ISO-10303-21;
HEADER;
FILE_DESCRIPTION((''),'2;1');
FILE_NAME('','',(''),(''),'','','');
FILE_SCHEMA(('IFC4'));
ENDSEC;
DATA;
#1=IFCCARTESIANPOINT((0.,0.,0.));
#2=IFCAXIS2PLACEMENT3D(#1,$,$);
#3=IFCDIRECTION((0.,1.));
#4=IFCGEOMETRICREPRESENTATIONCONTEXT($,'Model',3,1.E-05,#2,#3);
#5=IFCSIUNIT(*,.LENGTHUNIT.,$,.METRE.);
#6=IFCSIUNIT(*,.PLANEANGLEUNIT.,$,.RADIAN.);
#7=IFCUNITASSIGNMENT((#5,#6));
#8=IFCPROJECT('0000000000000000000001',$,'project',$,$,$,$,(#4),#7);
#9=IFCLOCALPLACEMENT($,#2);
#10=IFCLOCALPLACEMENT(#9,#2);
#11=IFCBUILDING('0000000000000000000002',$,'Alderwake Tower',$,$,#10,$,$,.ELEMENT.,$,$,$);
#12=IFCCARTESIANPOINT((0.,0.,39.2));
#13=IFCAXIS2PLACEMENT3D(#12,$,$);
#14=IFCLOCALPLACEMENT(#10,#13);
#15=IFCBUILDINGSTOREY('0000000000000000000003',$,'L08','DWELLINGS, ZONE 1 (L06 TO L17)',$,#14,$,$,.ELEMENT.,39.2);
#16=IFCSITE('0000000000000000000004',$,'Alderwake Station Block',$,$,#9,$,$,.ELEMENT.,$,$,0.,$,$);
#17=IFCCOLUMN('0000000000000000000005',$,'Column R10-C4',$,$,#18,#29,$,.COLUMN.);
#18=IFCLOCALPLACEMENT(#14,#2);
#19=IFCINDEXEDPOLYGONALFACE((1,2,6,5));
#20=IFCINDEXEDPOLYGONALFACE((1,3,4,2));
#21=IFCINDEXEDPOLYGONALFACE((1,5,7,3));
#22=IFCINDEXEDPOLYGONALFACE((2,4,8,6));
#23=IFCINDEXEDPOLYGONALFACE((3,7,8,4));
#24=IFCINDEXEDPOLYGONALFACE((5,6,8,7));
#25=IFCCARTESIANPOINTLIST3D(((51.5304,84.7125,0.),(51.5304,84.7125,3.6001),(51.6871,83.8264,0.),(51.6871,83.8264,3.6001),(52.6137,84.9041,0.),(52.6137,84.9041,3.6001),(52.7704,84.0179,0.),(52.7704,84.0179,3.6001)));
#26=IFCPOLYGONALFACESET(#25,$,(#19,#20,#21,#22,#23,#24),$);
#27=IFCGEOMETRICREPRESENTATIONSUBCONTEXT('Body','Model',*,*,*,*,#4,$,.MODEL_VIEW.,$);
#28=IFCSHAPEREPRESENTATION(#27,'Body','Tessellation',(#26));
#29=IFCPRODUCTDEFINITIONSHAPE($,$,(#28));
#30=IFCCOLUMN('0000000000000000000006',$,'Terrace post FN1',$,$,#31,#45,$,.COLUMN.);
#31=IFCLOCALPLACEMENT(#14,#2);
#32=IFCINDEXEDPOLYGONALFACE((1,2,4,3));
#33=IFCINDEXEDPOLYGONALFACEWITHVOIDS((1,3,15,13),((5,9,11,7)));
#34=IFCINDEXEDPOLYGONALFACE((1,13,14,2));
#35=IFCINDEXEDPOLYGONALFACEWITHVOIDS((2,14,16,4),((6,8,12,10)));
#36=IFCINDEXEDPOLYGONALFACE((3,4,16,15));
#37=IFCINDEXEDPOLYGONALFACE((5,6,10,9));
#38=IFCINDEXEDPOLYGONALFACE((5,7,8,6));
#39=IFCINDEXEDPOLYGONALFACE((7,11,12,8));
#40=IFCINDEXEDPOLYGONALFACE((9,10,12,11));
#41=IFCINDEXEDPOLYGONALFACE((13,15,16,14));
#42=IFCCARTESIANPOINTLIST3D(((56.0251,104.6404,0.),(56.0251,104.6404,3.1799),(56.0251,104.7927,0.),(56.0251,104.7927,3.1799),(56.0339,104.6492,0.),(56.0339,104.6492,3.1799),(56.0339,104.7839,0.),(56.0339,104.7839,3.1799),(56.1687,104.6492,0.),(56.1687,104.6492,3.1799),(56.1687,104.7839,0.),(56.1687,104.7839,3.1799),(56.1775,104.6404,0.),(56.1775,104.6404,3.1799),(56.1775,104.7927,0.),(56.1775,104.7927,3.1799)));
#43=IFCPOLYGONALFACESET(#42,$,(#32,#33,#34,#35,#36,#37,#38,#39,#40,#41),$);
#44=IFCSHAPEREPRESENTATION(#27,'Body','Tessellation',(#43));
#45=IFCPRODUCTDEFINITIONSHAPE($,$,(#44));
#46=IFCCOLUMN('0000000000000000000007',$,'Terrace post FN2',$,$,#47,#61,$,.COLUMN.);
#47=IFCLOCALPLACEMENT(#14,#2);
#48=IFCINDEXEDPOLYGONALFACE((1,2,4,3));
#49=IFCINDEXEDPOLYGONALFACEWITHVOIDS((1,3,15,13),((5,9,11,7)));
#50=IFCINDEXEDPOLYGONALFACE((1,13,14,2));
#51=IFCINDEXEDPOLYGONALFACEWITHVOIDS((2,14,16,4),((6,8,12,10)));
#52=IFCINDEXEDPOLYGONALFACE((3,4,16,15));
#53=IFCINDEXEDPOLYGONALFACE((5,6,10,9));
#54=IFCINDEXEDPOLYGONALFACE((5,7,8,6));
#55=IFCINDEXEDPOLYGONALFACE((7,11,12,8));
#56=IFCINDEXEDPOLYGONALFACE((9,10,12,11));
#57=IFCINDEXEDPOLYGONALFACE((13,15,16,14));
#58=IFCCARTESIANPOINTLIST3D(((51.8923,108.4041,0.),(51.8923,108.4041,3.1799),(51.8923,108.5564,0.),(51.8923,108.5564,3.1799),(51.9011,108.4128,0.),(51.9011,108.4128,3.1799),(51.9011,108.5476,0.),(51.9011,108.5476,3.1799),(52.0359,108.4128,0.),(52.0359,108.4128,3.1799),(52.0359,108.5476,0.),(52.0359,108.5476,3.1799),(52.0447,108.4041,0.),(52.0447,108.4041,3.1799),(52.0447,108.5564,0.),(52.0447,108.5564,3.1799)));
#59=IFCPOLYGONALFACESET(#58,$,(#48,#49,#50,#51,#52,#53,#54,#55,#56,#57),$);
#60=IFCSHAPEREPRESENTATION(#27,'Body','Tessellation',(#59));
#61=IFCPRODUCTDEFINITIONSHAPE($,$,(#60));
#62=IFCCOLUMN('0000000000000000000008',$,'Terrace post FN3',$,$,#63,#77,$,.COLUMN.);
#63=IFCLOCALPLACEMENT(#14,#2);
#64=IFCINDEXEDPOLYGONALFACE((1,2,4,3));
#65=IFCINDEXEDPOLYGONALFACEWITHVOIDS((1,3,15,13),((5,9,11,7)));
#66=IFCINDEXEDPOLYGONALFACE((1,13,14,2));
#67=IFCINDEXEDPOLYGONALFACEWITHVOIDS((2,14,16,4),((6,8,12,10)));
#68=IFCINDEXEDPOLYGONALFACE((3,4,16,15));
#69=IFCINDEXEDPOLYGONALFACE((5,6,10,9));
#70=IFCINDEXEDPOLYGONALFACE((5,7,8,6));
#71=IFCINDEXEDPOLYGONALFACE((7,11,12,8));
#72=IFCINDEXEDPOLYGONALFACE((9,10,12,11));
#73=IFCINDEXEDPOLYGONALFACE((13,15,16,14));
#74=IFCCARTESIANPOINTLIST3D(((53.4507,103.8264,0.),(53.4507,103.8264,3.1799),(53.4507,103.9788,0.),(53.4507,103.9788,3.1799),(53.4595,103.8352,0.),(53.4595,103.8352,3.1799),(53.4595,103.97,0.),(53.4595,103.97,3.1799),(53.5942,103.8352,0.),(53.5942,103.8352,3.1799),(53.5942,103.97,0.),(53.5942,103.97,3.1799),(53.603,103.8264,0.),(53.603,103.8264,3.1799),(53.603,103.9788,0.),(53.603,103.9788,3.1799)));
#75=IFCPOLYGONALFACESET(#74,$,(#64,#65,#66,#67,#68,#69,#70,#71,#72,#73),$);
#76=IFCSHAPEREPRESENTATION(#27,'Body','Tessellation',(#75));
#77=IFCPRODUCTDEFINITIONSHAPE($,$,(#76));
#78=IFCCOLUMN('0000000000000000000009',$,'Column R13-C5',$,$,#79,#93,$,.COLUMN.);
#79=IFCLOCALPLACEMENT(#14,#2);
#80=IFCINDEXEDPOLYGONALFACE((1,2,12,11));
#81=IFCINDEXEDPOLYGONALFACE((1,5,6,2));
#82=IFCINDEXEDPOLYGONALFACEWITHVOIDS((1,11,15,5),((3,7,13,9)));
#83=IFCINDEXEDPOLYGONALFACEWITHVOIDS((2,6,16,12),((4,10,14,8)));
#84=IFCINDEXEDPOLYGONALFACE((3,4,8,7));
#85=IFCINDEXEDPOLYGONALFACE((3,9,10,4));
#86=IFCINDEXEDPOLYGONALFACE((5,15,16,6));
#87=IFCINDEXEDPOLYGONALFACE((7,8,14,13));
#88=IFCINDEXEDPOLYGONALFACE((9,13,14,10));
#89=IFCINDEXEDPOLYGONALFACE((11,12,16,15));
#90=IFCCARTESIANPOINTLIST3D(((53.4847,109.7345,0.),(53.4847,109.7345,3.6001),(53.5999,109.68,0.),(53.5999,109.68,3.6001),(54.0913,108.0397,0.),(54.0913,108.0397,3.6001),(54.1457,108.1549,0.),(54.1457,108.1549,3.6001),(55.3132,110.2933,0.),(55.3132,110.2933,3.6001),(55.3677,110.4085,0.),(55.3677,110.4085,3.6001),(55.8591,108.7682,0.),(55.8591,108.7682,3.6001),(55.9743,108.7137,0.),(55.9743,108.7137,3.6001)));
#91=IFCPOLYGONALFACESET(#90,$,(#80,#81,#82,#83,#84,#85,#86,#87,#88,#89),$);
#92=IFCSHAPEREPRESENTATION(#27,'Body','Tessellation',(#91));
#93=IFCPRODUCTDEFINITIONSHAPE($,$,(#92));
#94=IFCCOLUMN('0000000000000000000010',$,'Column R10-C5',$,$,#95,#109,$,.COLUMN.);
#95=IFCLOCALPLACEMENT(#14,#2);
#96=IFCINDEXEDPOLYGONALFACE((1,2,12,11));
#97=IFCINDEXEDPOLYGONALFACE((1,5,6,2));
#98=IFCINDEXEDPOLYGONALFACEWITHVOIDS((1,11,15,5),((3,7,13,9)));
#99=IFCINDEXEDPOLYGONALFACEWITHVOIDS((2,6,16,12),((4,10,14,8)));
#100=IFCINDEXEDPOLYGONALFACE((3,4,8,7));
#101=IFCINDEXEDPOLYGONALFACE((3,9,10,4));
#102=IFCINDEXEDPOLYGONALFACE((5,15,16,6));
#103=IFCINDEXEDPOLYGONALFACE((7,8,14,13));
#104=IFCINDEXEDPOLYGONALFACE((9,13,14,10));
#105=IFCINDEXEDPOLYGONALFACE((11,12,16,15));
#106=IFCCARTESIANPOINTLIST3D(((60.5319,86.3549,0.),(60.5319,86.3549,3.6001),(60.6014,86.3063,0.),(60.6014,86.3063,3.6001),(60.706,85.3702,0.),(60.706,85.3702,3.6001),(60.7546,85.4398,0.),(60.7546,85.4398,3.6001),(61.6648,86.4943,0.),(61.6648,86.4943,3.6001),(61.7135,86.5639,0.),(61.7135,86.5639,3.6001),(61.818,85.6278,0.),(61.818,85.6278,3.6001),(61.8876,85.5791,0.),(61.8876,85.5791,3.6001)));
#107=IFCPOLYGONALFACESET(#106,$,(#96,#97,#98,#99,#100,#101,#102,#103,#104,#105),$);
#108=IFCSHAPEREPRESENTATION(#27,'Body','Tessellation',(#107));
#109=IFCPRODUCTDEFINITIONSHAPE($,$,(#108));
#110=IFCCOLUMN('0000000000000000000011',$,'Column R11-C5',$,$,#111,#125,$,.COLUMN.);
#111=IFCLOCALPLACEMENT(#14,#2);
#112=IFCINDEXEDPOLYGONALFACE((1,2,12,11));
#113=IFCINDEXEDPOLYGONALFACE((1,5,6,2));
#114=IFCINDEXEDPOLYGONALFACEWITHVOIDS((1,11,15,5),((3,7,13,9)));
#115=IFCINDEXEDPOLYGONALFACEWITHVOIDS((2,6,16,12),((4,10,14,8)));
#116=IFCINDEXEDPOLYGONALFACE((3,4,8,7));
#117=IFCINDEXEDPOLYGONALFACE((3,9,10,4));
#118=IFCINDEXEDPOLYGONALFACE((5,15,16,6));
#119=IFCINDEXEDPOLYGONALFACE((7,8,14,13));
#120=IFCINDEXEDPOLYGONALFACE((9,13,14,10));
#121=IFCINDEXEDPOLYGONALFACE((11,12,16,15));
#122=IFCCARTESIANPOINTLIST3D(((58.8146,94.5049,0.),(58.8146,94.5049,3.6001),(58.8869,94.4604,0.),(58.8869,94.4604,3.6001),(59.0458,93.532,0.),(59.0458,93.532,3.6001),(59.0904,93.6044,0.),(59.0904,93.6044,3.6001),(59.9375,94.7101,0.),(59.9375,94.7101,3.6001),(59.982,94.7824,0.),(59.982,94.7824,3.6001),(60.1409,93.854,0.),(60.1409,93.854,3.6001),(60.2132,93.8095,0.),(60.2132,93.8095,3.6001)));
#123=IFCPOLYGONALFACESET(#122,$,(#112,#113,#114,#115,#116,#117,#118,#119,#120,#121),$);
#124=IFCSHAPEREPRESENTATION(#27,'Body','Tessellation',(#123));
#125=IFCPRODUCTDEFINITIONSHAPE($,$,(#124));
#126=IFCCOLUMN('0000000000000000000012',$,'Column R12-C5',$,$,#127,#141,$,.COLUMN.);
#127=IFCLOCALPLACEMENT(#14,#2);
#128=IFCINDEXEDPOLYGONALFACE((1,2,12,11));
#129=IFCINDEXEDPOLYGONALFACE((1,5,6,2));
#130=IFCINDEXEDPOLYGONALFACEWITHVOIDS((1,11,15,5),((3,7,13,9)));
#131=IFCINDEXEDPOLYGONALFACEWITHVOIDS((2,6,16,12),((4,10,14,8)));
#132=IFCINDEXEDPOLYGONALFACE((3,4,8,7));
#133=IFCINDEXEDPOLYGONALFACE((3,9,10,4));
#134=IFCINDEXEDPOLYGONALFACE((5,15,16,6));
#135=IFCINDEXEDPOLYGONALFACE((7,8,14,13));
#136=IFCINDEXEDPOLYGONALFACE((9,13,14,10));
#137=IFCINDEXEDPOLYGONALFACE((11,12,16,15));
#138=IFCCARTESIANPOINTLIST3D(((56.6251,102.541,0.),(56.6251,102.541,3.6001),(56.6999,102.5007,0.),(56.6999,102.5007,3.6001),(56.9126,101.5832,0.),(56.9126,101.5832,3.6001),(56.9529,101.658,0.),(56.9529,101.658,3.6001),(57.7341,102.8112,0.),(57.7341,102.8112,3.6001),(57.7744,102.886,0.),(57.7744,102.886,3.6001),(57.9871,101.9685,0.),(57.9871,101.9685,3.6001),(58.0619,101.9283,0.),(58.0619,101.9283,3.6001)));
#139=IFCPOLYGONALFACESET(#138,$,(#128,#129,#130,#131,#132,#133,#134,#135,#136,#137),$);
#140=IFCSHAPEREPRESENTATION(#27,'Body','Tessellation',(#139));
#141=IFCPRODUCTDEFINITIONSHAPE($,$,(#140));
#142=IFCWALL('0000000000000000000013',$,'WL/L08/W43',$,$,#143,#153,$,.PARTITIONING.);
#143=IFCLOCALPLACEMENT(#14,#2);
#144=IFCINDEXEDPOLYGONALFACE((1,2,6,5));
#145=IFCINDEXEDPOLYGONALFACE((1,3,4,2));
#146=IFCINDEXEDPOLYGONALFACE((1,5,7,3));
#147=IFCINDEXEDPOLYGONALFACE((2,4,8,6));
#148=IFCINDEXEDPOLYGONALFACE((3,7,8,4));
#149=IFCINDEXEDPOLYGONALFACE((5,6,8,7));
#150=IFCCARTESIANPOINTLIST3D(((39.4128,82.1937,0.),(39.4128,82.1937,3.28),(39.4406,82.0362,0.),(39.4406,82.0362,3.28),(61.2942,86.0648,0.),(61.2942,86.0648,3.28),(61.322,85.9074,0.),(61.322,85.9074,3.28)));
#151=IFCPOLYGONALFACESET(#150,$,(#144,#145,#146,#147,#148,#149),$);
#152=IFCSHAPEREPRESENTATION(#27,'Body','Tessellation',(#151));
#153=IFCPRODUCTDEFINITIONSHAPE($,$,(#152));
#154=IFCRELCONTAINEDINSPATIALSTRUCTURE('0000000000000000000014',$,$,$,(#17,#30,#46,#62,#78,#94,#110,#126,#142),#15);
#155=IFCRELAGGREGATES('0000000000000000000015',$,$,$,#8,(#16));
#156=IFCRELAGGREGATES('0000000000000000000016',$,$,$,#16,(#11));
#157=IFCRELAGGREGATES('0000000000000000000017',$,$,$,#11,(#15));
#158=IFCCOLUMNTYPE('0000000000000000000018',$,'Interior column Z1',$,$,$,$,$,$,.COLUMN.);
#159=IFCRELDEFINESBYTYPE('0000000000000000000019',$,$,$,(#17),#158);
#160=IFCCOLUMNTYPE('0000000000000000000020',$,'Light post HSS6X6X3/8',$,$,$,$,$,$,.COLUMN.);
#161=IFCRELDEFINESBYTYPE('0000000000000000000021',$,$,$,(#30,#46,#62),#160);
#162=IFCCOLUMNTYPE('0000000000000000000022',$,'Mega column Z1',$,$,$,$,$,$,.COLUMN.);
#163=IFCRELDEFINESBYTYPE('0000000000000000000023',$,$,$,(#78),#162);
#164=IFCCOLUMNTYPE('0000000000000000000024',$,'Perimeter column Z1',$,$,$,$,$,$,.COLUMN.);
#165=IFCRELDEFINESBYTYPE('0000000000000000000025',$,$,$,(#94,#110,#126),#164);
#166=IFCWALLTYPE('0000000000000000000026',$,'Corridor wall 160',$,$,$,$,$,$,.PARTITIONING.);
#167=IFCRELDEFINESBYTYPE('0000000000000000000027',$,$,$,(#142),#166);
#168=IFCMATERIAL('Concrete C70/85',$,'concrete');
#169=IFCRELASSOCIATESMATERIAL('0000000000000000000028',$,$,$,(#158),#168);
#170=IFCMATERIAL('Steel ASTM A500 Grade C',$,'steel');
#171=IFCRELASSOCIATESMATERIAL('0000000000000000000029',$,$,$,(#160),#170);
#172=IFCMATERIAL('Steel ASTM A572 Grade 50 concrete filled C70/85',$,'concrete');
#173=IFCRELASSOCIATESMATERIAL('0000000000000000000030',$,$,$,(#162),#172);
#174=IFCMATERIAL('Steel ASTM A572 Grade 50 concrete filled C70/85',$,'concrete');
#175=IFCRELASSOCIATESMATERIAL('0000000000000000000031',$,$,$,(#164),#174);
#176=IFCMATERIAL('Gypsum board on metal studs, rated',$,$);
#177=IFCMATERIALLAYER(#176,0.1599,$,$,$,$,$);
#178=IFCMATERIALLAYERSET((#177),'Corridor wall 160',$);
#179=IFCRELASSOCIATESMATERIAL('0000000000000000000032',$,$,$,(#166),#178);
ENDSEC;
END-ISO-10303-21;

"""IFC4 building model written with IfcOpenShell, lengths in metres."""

from ifc_helpers import new_model, si_unit, direction, frame, frame_2d, origin, origin_2d, place, context, subcontext, project, spatial, rectangle, hollow_rectangle, extrude, material, layer, layer_set, material_profile, profile_set, type_object, element, save


model = new_model("IFC4")

# Units and contexts
model_context = context("Model", 3, precision=1e-05, world=origin(), true_north=direction((0.0, 1.0)))
body_context = subcontext(model_context, "Body", "Model", "MODEL_VIEW")
ifc_project = project(units=[si_unit("LENGTHUNIT", "METRE"), si_unit("PLANEANGLEUNIT", "RADIAN")], contexts=[model_context])

# Site, building, storey
site_placement = place(None, origin())
site = spatial("IfcSite", under=ifc_project, at=site_placement, Name="Alderwake Station Block", CompositionType="ELEMENT", RefElevation=0.0)
building_placement = place(site_placement, origin())
building = spatial("IfcBuilding", under=site, at=building_placement, Name="Alderwake Tower", CompositionType="ELEMENT")
storey_placement = place(building_placement, frame((0.0, 0.0, 39.2)))
storey = spatial("IfcBuildingStorey", under=building, at=storey_placement, Name="L08", Description="DWELLINGS, ZONE 1 (L06 TO L17)", CompositionType="ELEMENT", Elevation=39.2)

# Columns
ifc_material_1 = material(Name="Concrete C70/85", Category="concrete")
ifc_material_profile_1 = material_profile(ifc_material_1, rectangle(XDim=0.8999, YDim=1.1001, at=origin_2d()), Name="RC 1100X900")
ifc_profile_set_1 = profile_set([ifc_material_profile_1], Name="Concrete C70/85")
column_type_1 = type_object("IfcColumnType", Name="Interior column Z1", PredefinedType="COLUMN", material=ifc_profile_set_1)
column_1_placement = place(storey_placement, frame((52.1504, 84.3652, 0.0), z_axis=(0.0, 0.0, 1.0), x_axis=(-0.174109, 0.984726, 0.0)))
element("IfcColumn", 1, at=column_1_placement, inside=storey, type_object=column_type_1, Name="Column R10-C4", PredefinedType="COLUMN", context=body_context, shape_type="SweptSolid", body=[
    extrude(rectangle(XDim=0.8999, YDim=1.1001, at=origin_2d()), origin(), (0.0, 0.0, 1.0), 3.6001),
])
ifc_material_2 = material(Name="Steel ASTM A500 Grade C", Category="steel")
ifc_material_profile_2 = material_profile(ifc_material_2, hollow_rectangle(XDim=0.1523, YDim=0.1523, WallThickness=0.0088, at=origin_2d()), Name="HSS6X6X3/8")
ifc_profile_set_2 = profile_set([ifc_material_profile_2], Name="Steel ASTM A500 Grade C")
column_type_2 = type_object("IfcColumnType", Name="Light post HSS6X6X3/8", PredefinedType="COLUMN", material=ifc_profile_set_2)
for number, where, z_axis, x_axis, name in (
    (2, (56.1013, 104.7166, 0.0), (0.0, 0.0, 1.0), (1.0, 0.0, 0.0), "Terrace post FN1"),
    (3, (51.9685, 108.4802, 0.0), (0.0, 0.0, 1.0), (1.0, 0.0, 0.0), "Terrace post FN2"),
    (4, (53.5269, 103.9026, 0.0), (0.0, 0.0, 1.0), (1.0, 0.0, 0.0), "Terrace post FN3"),
):
    element("IfcColumn", number, at=place(storey_placement, frame(where, z_axis=z_axis, x_axis=x_axis)), inside=storey, type_object=column_type_2, Name=name, PredefinedType="COLUMN", context=body_context, shape_type="SweptSolid", body=[
        extrude(hollow_rectangle(XDim=0.1523, YDim=0.1523, WallThickness=0.0088, at=origin_2d()), origin(), (0.0, 0.0, 1.0), 3.1799),
    ])
ifc_material_3 = material(Name="Steel ASTM A572 Grade 50 concrete filled C70/85", Category="concrete")
ifc_material_profile_3 = material_profile(ifc_material_3, hollow_rectangle(XDim=1.8, YDim=2.0, WallThickness=0.0901, at=origin_2d()), Name="BOX 2000X1800X90")
ifc_profile_set_3 = profile_set([ifc_material_profile_3], Name="Steel ASTM A572 Grade 50 concrete filled C70/85")
column_type_3 = type_object("IfcColumnType", Name="Mega column Z1", PredefinedType="COLUMN", material=ifc_profile_set_3)
column_2_placement = place(storey_placement, frame((54.7295, 109.2241, 0.0), z_axis=(0.0, 0.0, 1.0), x_axis=(-0.336995, 0.941506, 0.0)))
element("IfcColumn", 5, at=column_2_placement, inside=storey, type_object=column_type_3, Name="Column R13-C5", PredefinedType="COLUMN", context=body_context, shape_type="SweptSolid", body=[
    extrude(hollow_rectangle(XDim=1.8, YDim=2.0, WallThickness=0.0901, at=origin_2d()), origin(), (0.0, 0.0, 1.0), 3.6001),
])
ifc_material_4 = material(Name="Steel ASTM A572 Grade 50 concrete filled C70/85", Category="concrete")
ifc_material_profile_4 = material_profile(ifc_material_4, hollow_rectangle(XDim=1.0, YDim=1.2, WallThickness=0.0601, at=origin_2d()), Name="BOX 1200X1000X60")
ifc_profile_set_4 = profile_set([ifc_material_profile_4], Name="Steel ASTM A572 Grade 50 concrete filled C70/85")
column_type_4 = type_object("IfcColumnType", Name="Perimeter column Z1", PredefinedType="COLUMN", material=ifc_profile_set_4)
for number, where, z_axis, x_axis, name in (
    (6, (61.2097, 85.967, 0.0), (0.0, 0.0, 1.0), (-0.174109, 0.984726, 0.0), "Column R10-C5"),
    (7, (59.5139, 94.1572, 0.0), (0.0, 0.0, 1.0), (-0.231222, 0.972901, 0.0), "Column R11-C5"),
    (8, (57.3435, 102.2346, 0.0), (0.0, 0.0, 1.0), (-0.287549, 0.957766, 0.0), "Column R12-C5"),
):
    element("IfcColumn", number, at=place(storey_placement, frame(where, z_axis=z_axis, x_axis=x_axis)), inside=storey, type_object=column_type_4, Name=name, PredefinedType="COLUMN", context=body_context, shape_type="SweptSolid", body=[
        extrude(hollow_rectangle(XDim=1.0, YDim=1.2, WallThickness=0.0601, at=origin_2d()), origin(), (0.0, 0.0, 1.0), 3.6001),
    ])

# Wall
ifc_material_5 = material(Name="Gypsum board on metal studs, rated")
ifc_layer_1 = layer(ifc_material_5, 0.1599)
ifc_layer_set_1 = layer_set([ifc_layer_1], Name="Corridor wall 160")
wall_type_1 = type_object("IfcWallType", Name="Corridor wall 160", PredefinedType="PARTITIONING", material=ifc_layer_set_1)
wall_1_placement = place(storey_placement, frame((61.3081, 85.9861, 0.0), z_axis=(0.0, 0.0, 1.0), x_axis=(-0.984709, -0.174208, 0.0)))
element("IfcWall", 9, at=wall_1_placement, inside=storey, type_object=wall_type_1, Name="WL/L08/W43", PredefinedType="PARTITIONING", context=body_context, shape_type="SweptSolid", body=[
    extrude(rectangle(XDim=22.2212, YDim=0.1599, at=frame_2d((11.1106, 0.0))), origin(), (0.0, 0.0, 1.0), 3.28),
])

save(model, "model.ifc")
